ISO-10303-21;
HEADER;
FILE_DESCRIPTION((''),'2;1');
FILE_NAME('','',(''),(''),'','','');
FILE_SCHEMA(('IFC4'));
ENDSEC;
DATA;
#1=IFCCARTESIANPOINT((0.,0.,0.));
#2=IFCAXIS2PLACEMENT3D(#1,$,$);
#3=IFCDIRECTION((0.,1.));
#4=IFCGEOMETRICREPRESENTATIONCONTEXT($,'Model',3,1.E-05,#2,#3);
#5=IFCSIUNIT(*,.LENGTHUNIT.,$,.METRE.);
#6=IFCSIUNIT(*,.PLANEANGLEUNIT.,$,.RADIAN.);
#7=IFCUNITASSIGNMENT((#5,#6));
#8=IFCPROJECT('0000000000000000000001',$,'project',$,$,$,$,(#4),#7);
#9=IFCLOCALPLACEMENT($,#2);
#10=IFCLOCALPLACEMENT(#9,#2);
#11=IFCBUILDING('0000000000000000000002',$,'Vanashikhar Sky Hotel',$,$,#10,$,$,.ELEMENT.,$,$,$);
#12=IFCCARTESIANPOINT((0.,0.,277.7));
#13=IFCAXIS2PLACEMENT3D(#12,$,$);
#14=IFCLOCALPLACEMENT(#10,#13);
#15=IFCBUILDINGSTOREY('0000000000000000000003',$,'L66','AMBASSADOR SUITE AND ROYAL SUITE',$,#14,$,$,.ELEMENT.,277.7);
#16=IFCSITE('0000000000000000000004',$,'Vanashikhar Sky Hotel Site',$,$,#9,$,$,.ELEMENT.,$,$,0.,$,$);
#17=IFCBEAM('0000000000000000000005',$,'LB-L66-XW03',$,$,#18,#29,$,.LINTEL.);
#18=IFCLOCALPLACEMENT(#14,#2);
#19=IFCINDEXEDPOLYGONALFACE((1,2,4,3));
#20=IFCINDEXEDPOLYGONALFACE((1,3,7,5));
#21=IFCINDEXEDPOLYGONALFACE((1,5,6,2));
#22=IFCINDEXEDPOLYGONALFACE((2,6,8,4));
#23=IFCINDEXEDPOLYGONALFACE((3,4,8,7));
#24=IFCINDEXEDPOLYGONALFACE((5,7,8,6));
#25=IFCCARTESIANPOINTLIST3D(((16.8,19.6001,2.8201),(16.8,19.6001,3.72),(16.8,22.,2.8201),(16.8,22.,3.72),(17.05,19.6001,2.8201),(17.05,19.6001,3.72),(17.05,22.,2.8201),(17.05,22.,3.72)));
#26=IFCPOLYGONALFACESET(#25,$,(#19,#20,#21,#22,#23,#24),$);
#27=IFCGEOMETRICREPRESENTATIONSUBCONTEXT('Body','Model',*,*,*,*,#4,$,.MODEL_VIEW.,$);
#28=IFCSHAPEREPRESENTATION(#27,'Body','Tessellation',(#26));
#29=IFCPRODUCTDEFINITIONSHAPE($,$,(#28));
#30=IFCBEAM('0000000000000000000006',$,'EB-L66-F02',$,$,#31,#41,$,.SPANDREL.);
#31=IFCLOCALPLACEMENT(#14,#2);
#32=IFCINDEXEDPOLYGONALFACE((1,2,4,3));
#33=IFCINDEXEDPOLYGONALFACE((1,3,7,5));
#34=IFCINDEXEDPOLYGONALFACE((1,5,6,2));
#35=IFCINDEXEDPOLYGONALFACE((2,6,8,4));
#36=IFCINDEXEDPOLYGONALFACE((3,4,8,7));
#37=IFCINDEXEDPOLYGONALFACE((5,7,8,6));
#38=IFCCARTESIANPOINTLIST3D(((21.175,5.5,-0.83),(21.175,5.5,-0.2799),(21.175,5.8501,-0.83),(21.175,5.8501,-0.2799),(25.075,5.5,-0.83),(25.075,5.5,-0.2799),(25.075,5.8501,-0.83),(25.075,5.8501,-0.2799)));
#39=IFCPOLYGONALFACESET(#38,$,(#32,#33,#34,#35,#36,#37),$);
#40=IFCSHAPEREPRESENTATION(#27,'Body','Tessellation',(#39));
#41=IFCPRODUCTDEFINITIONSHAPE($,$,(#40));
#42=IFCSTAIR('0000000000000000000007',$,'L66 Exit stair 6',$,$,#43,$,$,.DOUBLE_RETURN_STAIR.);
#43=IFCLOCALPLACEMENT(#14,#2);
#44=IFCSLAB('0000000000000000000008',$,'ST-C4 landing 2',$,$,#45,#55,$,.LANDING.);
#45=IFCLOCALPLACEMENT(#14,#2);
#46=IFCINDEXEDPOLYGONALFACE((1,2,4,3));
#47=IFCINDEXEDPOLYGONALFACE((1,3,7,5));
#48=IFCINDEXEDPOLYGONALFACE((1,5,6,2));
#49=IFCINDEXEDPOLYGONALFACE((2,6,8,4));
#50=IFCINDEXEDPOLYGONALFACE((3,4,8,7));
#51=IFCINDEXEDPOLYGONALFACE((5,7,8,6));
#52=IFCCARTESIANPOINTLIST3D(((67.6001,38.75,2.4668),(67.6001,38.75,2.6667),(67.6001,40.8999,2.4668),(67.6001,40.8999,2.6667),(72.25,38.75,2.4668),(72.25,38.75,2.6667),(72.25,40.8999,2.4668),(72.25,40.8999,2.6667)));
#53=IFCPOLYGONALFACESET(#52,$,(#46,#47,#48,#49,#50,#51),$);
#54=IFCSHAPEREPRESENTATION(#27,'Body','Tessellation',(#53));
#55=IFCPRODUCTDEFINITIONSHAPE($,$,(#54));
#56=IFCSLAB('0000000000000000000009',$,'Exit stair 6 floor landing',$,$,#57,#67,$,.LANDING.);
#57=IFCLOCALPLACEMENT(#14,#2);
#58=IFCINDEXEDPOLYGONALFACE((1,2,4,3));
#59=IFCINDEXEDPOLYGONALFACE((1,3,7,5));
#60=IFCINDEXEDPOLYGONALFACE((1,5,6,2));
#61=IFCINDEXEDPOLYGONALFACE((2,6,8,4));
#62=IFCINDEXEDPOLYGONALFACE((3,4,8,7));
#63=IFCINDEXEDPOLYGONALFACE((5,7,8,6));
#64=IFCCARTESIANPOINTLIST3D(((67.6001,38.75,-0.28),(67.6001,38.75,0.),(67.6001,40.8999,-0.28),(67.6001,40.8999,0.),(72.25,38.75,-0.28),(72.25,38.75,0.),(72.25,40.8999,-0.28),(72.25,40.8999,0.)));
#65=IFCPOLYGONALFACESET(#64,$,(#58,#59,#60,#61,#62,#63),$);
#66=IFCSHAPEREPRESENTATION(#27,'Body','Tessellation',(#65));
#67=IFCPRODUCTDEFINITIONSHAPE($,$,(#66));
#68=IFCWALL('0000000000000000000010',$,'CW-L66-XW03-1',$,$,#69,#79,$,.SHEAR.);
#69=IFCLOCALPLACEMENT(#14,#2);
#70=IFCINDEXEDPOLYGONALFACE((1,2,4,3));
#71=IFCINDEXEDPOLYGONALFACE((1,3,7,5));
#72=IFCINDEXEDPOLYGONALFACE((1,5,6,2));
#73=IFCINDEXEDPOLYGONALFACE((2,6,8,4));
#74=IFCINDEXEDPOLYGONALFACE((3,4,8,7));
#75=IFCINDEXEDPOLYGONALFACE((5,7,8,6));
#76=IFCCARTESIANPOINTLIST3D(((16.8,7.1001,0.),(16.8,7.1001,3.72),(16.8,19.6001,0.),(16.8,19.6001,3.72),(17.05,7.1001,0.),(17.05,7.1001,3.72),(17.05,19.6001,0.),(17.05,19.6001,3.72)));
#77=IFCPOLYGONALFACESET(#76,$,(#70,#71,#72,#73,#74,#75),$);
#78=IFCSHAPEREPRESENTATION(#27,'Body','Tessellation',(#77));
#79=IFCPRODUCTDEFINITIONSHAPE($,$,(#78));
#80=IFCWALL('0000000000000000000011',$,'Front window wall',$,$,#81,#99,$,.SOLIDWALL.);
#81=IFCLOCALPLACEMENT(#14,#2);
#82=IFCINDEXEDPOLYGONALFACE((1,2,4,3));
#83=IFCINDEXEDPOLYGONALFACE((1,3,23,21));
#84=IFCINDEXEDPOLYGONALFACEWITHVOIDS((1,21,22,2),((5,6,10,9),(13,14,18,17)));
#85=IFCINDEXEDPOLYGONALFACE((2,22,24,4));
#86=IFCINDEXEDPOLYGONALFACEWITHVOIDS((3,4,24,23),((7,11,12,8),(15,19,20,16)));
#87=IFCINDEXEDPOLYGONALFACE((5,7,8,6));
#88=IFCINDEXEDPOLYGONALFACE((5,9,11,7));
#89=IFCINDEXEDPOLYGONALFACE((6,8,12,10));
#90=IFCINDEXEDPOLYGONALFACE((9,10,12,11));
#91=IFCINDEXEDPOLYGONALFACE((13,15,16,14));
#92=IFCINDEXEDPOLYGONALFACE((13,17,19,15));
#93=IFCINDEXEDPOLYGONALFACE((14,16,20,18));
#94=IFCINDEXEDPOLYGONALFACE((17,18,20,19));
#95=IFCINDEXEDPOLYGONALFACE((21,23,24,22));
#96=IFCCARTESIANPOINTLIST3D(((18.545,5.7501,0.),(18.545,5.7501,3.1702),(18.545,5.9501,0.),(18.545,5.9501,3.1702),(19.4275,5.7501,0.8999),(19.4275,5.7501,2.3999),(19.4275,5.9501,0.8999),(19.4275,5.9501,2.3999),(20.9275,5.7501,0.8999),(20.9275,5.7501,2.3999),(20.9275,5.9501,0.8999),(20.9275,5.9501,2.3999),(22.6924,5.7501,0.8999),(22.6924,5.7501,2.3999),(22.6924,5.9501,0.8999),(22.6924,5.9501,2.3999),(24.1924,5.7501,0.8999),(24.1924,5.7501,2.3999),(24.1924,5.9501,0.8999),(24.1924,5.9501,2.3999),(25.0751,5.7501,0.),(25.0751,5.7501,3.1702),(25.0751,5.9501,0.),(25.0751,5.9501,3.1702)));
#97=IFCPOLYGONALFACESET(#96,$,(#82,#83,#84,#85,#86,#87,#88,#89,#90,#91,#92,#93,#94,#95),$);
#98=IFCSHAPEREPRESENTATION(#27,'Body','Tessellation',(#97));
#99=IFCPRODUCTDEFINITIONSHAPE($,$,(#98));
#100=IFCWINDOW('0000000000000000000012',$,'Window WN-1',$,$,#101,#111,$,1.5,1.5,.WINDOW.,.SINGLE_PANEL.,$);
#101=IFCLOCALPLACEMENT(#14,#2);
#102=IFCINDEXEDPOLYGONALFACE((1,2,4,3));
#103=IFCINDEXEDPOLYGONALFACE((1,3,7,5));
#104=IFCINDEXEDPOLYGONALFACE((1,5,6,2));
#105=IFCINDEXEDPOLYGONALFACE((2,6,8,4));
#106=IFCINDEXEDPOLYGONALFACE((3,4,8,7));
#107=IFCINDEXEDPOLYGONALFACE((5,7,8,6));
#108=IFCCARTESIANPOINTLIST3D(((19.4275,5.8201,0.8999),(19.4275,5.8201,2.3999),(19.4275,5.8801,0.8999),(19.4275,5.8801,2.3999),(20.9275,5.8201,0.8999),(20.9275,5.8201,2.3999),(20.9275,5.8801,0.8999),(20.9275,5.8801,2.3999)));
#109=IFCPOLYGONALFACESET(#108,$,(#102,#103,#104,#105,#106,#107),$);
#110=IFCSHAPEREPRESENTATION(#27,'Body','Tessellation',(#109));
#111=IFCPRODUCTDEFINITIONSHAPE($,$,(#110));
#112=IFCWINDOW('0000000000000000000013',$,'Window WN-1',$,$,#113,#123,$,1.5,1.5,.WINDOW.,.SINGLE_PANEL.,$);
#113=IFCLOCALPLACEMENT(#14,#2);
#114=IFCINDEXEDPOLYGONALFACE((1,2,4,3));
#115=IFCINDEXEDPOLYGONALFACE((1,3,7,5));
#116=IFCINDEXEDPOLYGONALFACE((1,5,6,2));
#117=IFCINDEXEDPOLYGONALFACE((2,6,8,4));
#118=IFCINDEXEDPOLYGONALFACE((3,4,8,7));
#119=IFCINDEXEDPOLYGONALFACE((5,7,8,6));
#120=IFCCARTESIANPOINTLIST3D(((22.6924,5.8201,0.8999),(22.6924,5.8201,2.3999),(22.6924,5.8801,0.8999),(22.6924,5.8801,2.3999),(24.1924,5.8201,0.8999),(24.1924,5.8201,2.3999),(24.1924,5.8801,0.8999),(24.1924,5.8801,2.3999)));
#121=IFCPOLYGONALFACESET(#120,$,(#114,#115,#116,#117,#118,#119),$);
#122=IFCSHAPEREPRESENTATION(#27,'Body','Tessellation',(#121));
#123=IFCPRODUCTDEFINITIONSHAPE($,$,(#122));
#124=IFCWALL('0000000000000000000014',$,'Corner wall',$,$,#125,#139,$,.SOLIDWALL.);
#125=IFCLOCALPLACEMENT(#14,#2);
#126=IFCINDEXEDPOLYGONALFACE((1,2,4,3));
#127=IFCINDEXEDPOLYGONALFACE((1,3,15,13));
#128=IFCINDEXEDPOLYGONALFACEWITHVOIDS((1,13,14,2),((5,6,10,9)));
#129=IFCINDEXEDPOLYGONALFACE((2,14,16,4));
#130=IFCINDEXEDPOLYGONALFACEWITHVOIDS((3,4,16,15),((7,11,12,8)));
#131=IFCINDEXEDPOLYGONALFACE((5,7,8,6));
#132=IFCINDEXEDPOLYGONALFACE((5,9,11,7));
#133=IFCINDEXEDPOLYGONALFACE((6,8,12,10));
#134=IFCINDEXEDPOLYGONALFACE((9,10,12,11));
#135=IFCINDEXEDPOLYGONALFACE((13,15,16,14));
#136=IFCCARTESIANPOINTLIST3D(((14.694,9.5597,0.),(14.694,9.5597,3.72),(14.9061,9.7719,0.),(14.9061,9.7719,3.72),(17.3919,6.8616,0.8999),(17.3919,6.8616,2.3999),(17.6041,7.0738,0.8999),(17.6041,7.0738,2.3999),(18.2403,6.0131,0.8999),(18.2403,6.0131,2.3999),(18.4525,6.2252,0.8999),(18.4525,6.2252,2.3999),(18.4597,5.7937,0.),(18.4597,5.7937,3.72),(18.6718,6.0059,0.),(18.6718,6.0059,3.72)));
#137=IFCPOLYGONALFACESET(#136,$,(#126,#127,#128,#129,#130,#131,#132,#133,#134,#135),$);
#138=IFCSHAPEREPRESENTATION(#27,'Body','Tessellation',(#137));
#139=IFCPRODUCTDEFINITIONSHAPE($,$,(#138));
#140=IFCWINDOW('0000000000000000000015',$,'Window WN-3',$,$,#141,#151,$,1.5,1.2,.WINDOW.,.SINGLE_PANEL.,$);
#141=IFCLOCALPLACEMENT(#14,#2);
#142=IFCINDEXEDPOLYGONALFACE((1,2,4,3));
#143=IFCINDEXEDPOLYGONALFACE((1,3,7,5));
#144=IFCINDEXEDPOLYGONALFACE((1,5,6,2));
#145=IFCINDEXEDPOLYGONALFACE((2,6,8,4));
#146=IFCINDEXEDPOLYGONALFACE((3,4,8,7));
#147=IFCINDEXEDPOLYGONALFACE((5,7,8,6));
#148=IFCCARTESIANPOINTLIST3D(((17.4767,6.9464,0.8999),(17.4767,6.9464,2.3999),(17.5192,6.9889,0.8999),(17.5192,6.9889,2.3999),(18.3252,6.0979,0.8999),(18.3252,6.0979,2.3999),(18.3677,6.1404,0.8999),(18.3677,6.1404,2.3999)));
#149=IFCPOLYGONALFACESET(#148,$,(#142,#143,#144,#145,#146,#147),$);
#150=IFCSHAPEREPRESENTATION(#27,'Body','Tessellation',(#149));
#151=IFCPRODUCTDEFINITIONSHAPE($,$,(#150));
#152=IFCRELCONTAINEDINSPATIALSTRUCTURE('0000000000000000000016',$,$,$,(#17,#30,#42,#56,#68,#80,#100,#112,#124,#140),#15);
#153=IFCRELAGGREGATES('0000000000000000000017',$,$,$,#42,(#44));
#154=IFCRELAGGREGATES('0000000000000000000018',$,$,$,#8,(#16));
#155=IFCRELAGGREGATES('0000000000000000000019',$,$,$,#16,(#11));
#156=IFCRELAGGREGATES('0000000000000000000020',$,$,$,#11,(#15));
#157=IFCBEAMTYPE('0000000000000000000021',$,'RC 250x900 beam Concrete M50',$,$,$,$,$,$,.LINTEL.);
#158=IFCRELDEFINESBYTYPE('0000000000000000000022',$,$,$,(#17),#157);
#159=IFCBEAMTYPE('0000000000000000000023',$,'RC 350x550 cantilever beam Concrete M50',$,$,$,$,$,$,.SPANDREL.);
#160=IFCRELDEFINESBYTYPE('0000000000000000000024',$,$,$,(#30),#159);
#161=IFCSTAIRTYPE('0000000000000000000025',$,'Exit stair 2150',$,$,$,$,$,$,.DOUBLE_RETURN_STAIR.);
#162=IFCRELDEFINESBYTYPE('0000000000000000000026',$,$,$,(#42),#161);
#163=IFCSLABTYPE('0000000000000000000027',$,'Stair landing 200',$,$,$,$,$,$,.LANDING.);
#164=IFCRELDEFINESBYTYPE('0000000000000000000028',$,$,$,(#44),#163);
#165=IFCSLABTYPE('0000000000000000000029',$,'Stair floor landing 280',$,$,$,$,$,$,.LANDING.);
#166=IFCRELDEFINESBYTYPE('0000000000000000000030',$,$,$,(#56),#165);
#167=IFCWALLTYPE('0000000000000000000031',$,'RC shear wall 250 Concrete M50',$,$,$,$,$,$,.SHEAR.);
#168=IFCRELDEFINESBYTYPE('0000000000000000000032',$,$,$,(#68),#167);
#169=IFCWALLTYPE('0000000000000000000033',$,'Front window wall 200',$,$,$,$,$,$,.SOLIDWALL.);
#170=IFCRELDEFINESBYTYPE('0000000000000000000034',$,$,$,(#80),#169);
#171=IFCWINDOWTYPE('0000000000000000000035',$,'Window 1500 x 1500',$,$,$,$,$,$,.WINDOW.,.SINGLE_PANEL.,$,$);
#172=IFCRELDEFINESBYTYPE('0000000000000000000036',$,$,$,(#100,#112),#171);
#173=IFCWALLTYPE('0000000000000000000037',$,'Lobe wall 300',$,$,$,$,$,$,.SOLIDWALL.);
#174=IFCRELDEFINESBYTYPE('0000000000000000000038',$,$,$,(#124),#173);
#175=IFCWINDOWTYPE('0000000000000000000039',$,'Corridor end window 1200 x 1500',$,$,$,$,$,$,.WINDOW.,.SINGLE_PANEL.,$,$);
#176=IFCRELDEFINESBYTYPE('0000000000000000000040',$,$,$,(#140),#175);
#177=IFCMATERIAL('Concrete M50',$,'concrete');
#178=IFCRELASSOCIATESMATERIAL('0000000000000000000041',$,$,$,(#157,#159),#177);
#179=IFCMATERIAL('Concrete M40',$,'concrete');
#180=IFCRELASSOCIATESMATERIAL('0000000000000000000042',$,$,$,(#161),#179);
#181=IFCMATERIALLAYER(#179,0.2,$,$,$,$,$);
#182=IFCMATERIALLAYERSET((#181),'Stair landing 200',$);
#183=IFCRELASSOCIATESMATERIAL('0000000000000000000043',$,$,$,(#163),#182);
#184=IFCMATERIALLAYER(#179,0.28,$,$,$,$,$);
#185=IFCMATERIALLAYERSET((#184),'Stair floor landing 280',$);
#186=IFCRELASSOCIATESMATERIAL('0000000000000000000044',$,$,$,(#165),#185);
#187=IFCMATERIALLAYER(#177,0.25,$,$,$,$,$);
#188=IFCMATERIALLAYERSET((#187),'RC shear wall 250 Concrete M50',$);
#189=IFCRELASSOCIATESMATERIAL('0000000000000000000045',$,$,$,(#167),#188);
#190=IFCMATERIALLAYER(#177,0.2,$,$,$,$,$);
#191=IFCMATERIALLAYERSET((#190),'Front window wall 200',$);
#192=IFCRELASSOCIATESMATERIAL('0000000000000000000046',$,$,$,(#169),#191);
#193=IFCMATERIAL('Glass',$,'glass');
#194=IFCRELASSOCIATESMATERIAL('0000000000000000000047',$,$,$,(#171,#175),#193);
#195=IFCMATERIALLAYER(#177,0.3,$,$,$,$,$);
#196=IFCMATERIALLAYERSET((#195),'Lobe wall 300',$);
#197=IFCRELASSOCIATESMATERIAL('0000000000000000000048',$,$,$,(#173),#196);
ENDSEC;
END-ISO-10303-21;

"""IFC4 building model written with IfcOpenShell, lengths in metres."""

from ifc_helpers import new_model, si_unit, direction, frame, frame_2d, origin, origin_2d, place, context, subcontext, project, spatial, polyline, rectangle, outline, extrude, source, transform, mapped, material, layer, layer_set, material_profile, profile_set, type_object, element, fill, aggregate, save


model = new_model("IFC4")

# Units and contexts
model_context = context("Model", 3, precision=1e-05, world=origin(), true_north=direction((0.0, 1.0)))
body_context = subcontext(model_context, "Body", "Model", "MODEL_VIEW")
ifc_project = project(units=[si_unit("LENGTHUNIT", "METRE"), si_unit("PLANEANGLEUNIT", "RADIAN")], contexts=[model_context])

# Site, building, storey
site_placement = place(None, origin())
site = spatial("IfcSite", under=ifc_project, at=site_placement, Name="Vanashikhar Sky Hotel Site", CompositionType="ELEMENT", RefElevation=0.0)
building_placement = place(site_placement, origin())
building = spatial("IfcBuilding", under=site, at=building_placement, Name="Vanashikhar Sky Hotel", CompositionType="ELEMENT")
storey_placement = place(building_placement, frame((0.0, 0.0, 277.7)))
storey = spatial("IfcBuildingStorey", under=building, at=storey_placement, Name="L66", Description="AMBASSADOR SUITE AND ROYAL SUITE", CompositionType="ELEMENT", Elevation=277.7)

# Beams
ifc_material_1 = material(Name="Concrete M50", Category="concrete")
ifc_material_profile_1 = material_profile(ifc_material_1, rectangle(XDim=0.25, YDim=0.8999, at=origin_2d()))
ifc_profile_set_1 = profile_set([ifc_material_profile_1], Name="RC 250x900 beam Concrete M50")
beam_type_1 = type_object("IfcBeamType", Name="RC 250x900 beam Concrete M50", PredefinedType="LINTEL", material=ifc_profile_set_1)
shared_shape_1 = source(origin(), body_context, "Body", "SweptSolid", [
    extrude(rectangle(XDim=0.25, YDim=0.8999, at=origin_2d()), origin(), (0.0, 0.0, 1.0), 2.3999),
])
beam_1_placement = place(storey_placement, frame((16.925, 19.6001, 3.27), z_axis=(0.0, 1.0, 0.0), x_axis=(-1.0, 0.0, 0.0)))
element("IfcBeam", 1, at=beam_1_placement, inside=storey, type_object=beam_type_1, Name="LB-L66-XW03", PredefinedType="LINTEL", context=body_context, shape_type="MappedRepresentation", body=[
    mapped(shared_shape_1, transform((0.0, 0.0, 0.0), scale=1.0)),
])
ifc_material_profile_2 = material_profile(ifc_material_1, rectangle(XDim=0.3501, YDim=0.55, at=origin_2d()))
ifc_profile_set_2 = profile_set([ifc_material_profile_2], Name="RC 350x550 cantilever beam Concrete M50")
beam_type_2 = type_object("IfcBeamType", Name="RC 350x550 cantilever beam Concrete M50", PredefinedType="SPANDREL", material=ifc_profile_set_2)
shared_shape_2 = source(origin(), body_context, "Body", "SweptSolid", [
    extrude(rectangle(XDim=0.3501, YDim=0.55, at=origin_2d()), origin(), (0.0, 0.0, 1.0), 3.8999),
])
beam_2_placement = place(storey_placement, frame((21.175, 5.675, -0.5549), z_axis=(1.0, 0.0, 0.0), x_axis=(0.0, 1.0, 0.0)))
element("IfcBeam", 2, at=beam_2_placement, inside=storey, type_object=beam_type_2, Name="EB-L66-F02", PredefinedType="SPANDREL", context=body_context, shape_type="MappedRepresentation", body=[
    mapped(shared_shape_2, transform((0.0, 0.0, 0.0), scale=1.0)),
])

# Stair, slab
ifc_material_2 = material(Name="Concrete M40", Category="concrete")
stair_type = type_object("IfcStairType", Name="Exit stair 2150", PredefinedType="DOUBLE_RETURN_STAIR", material=ifc_material_2)
stair_placement = place(storey_placement, origin())
stair = element("IfcStair", 3, at=stair_placement, inside=storey, type_object=stair_type, Name="L66 Exit stair 6", PredefinedType="DOUBLE_RETURN_STAIR")
ifc_layer_1 = layer(ifc_material_2, 0.2)
ifc_layer_set_1 = layer_set([ifc_layer_1], Name="Stair landing 200")
slab_type_1 = type_object("IfcSlabType", Name="Stair landing 200", PredefinedType="LANDING", material=ifc_layer_set_1)
shared_shape_3 = source(origin(), body_context, "Body", "SweptSolid", [
    extrude(outline(polyline([(72.25, 38.75), (72.25, 40.8999), (67.6001, 40.8999), (67.6001, 38.75), (72.25, 38.75)])), origin(), (0.0, 0.0, 1.0), 0.2),
])
slab_1_placement = place(storey_placement, frame((0.0, 0.0, 2.4668)))
slab_1 = element("IfcSlab", 4, at=slab_1_placement, type_object=slab_type_1, Name="ST-C4 landing 2", PredefinedType="LANDING", context=body_context, shape_type="MappedRepresentation", body=[
    mapped(shared_shape_3, transform((0.0, 0.0, 0.0), scale=1.0)),
])
aggregate(stair, [slab_1])

# Slab
ifc_layer_2 = layer(ifc_material_2, 0.28)
ifc_layer_set_2 = layer_set([ifc_layer_2], Name="Stair floor landing 280")
slab_type_2 = type_object("IfcSlabType", Name="Stair floor landing 280", PredefinedType="LANDING", material=ifc_layer_set_2)
shared_shape_4 = source(origin(), body_context, "Body", "SweptSolid", [
    extrude(outline(polyline([(72.25, 38.75), (72.25, 40.8999), (67.6001, 40.8999), (67.6001, 38.75), (72.25, 38.75)])), origin(), (0.0, 0.0, 1.0), 0.28),
])
slab_2_placement = place(storey_placement, frame((0.0, 0.0, -0.28)))
element("IfcSlab", 5, at=slab_2_placement, inside=storey, type_object=slab_type_2, Name="Exit stair 6 floor landing", PredefinedType="LANDING", context=body_context, shape_type="MappedRepresentation", body=[
    mapped(shared_shape_4, transform((0.0, 0.0, 0.0), scale=1.0)),
])

# Wall
ifc_layer_3 = layer(ifc_material_1, 0.25)
ifc_layer_set_3 = layer_set([ifc_layer_3], Name="RC shear wall 250 Concrete M50")
wall_type_1 = type_object("IfcWallType", Name="RC shear wall 250 Concrete M50", PredefinedType="SHEAR", material=ifc_layer_set_3)
shared_shape_5 = source(origin(), body_context, "Body", "SweptSolid", [
    extrude(rectangle(XDim=12.5, YDim=0.25, at=frame_2d((6.25, 0.0))), origin(), (0.0, 0.0, 1.0), 3.72),
])
wall_1_placement = place(storey_placement, frame((16.925, 7.1001, 0.0), z_axis=(0.0, 0.0, 1.0), x_axis=(0.0, 1.0, 0.0)))
element("IfcWall", 6, at=wall_1_placement, inside=storey, type_object=wall_type_1, Name="CW-L66-XW03-1", PredefinedType="SHEAR", context=body_context, shape_type="MappedRepresentation", body=[
    mapped(shared_shape_5, transform((0.0, 0.0, 0.0), scale=1.0)),
])

# Wall, openings, windows
ifc_layer_4 = layer(ifc_material_1, 0.2)
ifc_layer_set_4 = layer_set([ifc_layer_4], Name="Front window wall 200")
wall_type_2 = type_object("IfcWallType", Name="Front window wall 200", PredefinedType="SOLIDWALL", material=ifc_layer_set_4)
shared_shape_6 = source(origin(), body_context, "Body", "SweptSolid", [
    extrude(rectangle(XDim=6.53, YDim=0.2, at=frame_2d((3.2651, 0.0))), origin(), (0.0, 0.0, 1.0), 3.1702),
])
wall_2_placement = place(storey_placement, frame((18.5449, 5.8501, 0.0), z_axis=(0.0, 0.0, 1.0), x_axis=(1.0, 0.0, 0.0)))
wall_2 = element("IfcWall", 7, at=wall_2_placement, inside=storey, type_object=wall_type_2, Name="Front window wall", PredefinedType="SOLIDWALL", context=body_context, shape_type="MappedRepresentation", body=[
    mapped(shared_shape_6, transform((0.0, 0.0, 0.0), scale=1.0)),
])
shared_shape_7 = source(origin(), body_context, "Body", "SweptSolid", [
    extrude(rectangle(XDim=1.5, YDim=1.5, at=frame_2d((0.75, 0.75))), frame((0.0, 0.1099, 0.0), z_axis=(0.0, -1.0, 0.0), x_axis=(1.0, 0.0, 0.0)), (0.0, 0.0, 1.0), 0.22),
])
opening_1_placement = place(wall_2_placement, frame((0.8826, 0.0, 0.8999)))
opening_1 = element("IfcOpeningElement", 8, at=opening_1_placement, cuts=wall_2, PredefinedType="OPENING", context=body_context, shape_type="MappedRepresentation", body=[
    mapped(shared_shape_7, transform((0.0, 0.0, 0.0), scale=1.0)),
])
opening_2_placement = place(wall_2_placement, frame((4.1475, 0.0, 0.8999)))
opening_2 = element("IfcOpeningElement", 9, at=opening_2_placement, cuts=wall_2, PredefinedType="OPENING", context=body_context, shape_type="MappedRepresentation", body=[
    mapped(shared_shape_7, transform((0.0, 0.0, 0.0), scale=1.0)),
])
ifc_material_3 = material(Name="Glass", Category="glass")
window_type_1 = type_object("IfcWindowType", Name="Window 1500 x 1500", PartitioningType="SINGLE_PANEL", PredefinedType="WINDOW", material=ifc_material_3)
shared_shape_8 = source(origin(), body_context, "Body", "SweptSolid", [
    extrude(rectangle(XDim=1.5, YDim=1.5, at=frame_2d((0.75, 0.75))), frame((0.0, 0.03, 0.0), z_axis=(0.0, -1.0, 0.0), x_axis=(1.0, 0.0, 0.0)), (0.0, 0.0, 1.0), 0.0601),
])
window_1_placement = place(opening_1_placement, origin())
window_1 = element("IfcWindow", 10, at=window_1_placement, inside=storey, type_object=window_type_1, Name="Window WN-1", OverallHeight=1.5, OverallWidth=1.5, PartitioningType="SINGLE_PANEL", PredefinedType="WINDOW", context=body_context, shape_type="MappedRepresentation", body=[
    mapped(shared_shape_8, transform((0.0, 0.0, 0.0), scale=1.0)),
])
fill(opening_1, window_1)
window_2_placement = place(opening_2_placement, origin())
window_2 = element("IfcWindow", 11, at=window_2_placement, inside=storey, type_object=window_type_1, Name="Window WN-1", OverallHeight=1.5, OverallWidth=1.5, PartitioningType="SINGLE_PANEL", PredefinedType="WINDOW", context=body_context, shape_type="MappedRepresentation", body=[
    mapped(shared_shape_8, transform((0.0, 0.0, 0.0), scale=1.0)),
])
fill(opening_2, window_2)

# Wall, opening, window
ifc_layer_5 = layer(ifc_material_1, 0.3)
ifc_layer_set_5 = layer_set([ifc_layer_5], Name="Lobe wall 300")
wall_type_3 = type_object("IfcWallType", Name="Lobe wall 300", PredefinedType="SOLIDWALL", material=ifc_layer_set_5)
shared_shape_9 = source(origin(), body_context, "Body", "SweptSolid", [
    extrude(rectangle(XDim=5.3257, YDim=0.3, at=frame_2d((2.6628, 0.0))), origin(), (0.0, 0.0, 1.0), 3.72),
])
wall_3_placement = place(storey_placement, frame((14.8, 9.6658, 0.0), z_axis=(0.0, 0.0, 1.0), x_axis=(0.707084, -0.70713, 0.0)))
wall_3 = element("IfcWall", 12, at=wall_3_placement, inside=storey, type_object=wall_type_3, Name="Corner wall", PredefinedType="SOLIDWALL", context=body_context, shape_type="MappedRepresentation", body=[
    mapped(shared_shape_9, transform((0.0, 0.0, 0.0), scale=1.0)),
])
shared_shape_10 = source(origin(), body_context, "Body", "SweptSolid", [
    extrude(rectangle(XDim=1.2, YDim=1.5, at=frame_2d((0.6001, 0.75))), frame((0.0, 0.1602, 0.0), z_axis=(0.0, -1.0, 0.0), x_axis=(1.0, 0.0, 0.0)), (0.0, 0.0, 1.0), 0.3201),
])
opening_3_placement = place(wall_3_placement, frame((3.8154, 0.0, 0.8999)))
opening_3 = element("IfcOpeningElement", 13, at=opening_3_placement, cuts=wall_3, PredefinedType="OPENING", context=body_context, shape_type="MappedRepresentation", body=[
    mapped(shared_shape_10, transform((0.0, 0.0, 0.0), scale=1.0)),
])
window_type_2 = type_object("IfcWindowType", Name="Corridor end window 1200 x 1500", PartitioningType="SINGLE_PANEL", PredefinedType="WINDOW", material=ifc_material_3)
shared_shape_11 = source(origin(), body_context, "Body", "SweptSolid", [
    extrude(rectangle(XDim=1.2, YDim=1.5, at=frame_2d((0.6001, 0.75))), frame((0.0, 0.03, 0.0), z_axis=(0.0, -1.0, 0.0), x_axis=(1.0, 0.0, 0.0)), (0.0, 0.0, 1.0), 0.0601),
])
window_3_placement = place(opening_3_placement, origin())
window_3 = element("IfcWindow", 14, at=window_3_placement, inside=storey, type_object=window_type_2, Name="Window WN-3", OverallHeight=1.5, OverallWidth=1.2, PartitioningType="SINGLE_PANEL", PredefinedType="WINDOW", context=body_context, shape_type="MappedRepresentation", body=[
    mapped(shared_shape_11, transform((0.0, 0.0, 0.0), scale=1.0)),
])
fill(opening_3, window_3)

save(model, "model.ifc")
